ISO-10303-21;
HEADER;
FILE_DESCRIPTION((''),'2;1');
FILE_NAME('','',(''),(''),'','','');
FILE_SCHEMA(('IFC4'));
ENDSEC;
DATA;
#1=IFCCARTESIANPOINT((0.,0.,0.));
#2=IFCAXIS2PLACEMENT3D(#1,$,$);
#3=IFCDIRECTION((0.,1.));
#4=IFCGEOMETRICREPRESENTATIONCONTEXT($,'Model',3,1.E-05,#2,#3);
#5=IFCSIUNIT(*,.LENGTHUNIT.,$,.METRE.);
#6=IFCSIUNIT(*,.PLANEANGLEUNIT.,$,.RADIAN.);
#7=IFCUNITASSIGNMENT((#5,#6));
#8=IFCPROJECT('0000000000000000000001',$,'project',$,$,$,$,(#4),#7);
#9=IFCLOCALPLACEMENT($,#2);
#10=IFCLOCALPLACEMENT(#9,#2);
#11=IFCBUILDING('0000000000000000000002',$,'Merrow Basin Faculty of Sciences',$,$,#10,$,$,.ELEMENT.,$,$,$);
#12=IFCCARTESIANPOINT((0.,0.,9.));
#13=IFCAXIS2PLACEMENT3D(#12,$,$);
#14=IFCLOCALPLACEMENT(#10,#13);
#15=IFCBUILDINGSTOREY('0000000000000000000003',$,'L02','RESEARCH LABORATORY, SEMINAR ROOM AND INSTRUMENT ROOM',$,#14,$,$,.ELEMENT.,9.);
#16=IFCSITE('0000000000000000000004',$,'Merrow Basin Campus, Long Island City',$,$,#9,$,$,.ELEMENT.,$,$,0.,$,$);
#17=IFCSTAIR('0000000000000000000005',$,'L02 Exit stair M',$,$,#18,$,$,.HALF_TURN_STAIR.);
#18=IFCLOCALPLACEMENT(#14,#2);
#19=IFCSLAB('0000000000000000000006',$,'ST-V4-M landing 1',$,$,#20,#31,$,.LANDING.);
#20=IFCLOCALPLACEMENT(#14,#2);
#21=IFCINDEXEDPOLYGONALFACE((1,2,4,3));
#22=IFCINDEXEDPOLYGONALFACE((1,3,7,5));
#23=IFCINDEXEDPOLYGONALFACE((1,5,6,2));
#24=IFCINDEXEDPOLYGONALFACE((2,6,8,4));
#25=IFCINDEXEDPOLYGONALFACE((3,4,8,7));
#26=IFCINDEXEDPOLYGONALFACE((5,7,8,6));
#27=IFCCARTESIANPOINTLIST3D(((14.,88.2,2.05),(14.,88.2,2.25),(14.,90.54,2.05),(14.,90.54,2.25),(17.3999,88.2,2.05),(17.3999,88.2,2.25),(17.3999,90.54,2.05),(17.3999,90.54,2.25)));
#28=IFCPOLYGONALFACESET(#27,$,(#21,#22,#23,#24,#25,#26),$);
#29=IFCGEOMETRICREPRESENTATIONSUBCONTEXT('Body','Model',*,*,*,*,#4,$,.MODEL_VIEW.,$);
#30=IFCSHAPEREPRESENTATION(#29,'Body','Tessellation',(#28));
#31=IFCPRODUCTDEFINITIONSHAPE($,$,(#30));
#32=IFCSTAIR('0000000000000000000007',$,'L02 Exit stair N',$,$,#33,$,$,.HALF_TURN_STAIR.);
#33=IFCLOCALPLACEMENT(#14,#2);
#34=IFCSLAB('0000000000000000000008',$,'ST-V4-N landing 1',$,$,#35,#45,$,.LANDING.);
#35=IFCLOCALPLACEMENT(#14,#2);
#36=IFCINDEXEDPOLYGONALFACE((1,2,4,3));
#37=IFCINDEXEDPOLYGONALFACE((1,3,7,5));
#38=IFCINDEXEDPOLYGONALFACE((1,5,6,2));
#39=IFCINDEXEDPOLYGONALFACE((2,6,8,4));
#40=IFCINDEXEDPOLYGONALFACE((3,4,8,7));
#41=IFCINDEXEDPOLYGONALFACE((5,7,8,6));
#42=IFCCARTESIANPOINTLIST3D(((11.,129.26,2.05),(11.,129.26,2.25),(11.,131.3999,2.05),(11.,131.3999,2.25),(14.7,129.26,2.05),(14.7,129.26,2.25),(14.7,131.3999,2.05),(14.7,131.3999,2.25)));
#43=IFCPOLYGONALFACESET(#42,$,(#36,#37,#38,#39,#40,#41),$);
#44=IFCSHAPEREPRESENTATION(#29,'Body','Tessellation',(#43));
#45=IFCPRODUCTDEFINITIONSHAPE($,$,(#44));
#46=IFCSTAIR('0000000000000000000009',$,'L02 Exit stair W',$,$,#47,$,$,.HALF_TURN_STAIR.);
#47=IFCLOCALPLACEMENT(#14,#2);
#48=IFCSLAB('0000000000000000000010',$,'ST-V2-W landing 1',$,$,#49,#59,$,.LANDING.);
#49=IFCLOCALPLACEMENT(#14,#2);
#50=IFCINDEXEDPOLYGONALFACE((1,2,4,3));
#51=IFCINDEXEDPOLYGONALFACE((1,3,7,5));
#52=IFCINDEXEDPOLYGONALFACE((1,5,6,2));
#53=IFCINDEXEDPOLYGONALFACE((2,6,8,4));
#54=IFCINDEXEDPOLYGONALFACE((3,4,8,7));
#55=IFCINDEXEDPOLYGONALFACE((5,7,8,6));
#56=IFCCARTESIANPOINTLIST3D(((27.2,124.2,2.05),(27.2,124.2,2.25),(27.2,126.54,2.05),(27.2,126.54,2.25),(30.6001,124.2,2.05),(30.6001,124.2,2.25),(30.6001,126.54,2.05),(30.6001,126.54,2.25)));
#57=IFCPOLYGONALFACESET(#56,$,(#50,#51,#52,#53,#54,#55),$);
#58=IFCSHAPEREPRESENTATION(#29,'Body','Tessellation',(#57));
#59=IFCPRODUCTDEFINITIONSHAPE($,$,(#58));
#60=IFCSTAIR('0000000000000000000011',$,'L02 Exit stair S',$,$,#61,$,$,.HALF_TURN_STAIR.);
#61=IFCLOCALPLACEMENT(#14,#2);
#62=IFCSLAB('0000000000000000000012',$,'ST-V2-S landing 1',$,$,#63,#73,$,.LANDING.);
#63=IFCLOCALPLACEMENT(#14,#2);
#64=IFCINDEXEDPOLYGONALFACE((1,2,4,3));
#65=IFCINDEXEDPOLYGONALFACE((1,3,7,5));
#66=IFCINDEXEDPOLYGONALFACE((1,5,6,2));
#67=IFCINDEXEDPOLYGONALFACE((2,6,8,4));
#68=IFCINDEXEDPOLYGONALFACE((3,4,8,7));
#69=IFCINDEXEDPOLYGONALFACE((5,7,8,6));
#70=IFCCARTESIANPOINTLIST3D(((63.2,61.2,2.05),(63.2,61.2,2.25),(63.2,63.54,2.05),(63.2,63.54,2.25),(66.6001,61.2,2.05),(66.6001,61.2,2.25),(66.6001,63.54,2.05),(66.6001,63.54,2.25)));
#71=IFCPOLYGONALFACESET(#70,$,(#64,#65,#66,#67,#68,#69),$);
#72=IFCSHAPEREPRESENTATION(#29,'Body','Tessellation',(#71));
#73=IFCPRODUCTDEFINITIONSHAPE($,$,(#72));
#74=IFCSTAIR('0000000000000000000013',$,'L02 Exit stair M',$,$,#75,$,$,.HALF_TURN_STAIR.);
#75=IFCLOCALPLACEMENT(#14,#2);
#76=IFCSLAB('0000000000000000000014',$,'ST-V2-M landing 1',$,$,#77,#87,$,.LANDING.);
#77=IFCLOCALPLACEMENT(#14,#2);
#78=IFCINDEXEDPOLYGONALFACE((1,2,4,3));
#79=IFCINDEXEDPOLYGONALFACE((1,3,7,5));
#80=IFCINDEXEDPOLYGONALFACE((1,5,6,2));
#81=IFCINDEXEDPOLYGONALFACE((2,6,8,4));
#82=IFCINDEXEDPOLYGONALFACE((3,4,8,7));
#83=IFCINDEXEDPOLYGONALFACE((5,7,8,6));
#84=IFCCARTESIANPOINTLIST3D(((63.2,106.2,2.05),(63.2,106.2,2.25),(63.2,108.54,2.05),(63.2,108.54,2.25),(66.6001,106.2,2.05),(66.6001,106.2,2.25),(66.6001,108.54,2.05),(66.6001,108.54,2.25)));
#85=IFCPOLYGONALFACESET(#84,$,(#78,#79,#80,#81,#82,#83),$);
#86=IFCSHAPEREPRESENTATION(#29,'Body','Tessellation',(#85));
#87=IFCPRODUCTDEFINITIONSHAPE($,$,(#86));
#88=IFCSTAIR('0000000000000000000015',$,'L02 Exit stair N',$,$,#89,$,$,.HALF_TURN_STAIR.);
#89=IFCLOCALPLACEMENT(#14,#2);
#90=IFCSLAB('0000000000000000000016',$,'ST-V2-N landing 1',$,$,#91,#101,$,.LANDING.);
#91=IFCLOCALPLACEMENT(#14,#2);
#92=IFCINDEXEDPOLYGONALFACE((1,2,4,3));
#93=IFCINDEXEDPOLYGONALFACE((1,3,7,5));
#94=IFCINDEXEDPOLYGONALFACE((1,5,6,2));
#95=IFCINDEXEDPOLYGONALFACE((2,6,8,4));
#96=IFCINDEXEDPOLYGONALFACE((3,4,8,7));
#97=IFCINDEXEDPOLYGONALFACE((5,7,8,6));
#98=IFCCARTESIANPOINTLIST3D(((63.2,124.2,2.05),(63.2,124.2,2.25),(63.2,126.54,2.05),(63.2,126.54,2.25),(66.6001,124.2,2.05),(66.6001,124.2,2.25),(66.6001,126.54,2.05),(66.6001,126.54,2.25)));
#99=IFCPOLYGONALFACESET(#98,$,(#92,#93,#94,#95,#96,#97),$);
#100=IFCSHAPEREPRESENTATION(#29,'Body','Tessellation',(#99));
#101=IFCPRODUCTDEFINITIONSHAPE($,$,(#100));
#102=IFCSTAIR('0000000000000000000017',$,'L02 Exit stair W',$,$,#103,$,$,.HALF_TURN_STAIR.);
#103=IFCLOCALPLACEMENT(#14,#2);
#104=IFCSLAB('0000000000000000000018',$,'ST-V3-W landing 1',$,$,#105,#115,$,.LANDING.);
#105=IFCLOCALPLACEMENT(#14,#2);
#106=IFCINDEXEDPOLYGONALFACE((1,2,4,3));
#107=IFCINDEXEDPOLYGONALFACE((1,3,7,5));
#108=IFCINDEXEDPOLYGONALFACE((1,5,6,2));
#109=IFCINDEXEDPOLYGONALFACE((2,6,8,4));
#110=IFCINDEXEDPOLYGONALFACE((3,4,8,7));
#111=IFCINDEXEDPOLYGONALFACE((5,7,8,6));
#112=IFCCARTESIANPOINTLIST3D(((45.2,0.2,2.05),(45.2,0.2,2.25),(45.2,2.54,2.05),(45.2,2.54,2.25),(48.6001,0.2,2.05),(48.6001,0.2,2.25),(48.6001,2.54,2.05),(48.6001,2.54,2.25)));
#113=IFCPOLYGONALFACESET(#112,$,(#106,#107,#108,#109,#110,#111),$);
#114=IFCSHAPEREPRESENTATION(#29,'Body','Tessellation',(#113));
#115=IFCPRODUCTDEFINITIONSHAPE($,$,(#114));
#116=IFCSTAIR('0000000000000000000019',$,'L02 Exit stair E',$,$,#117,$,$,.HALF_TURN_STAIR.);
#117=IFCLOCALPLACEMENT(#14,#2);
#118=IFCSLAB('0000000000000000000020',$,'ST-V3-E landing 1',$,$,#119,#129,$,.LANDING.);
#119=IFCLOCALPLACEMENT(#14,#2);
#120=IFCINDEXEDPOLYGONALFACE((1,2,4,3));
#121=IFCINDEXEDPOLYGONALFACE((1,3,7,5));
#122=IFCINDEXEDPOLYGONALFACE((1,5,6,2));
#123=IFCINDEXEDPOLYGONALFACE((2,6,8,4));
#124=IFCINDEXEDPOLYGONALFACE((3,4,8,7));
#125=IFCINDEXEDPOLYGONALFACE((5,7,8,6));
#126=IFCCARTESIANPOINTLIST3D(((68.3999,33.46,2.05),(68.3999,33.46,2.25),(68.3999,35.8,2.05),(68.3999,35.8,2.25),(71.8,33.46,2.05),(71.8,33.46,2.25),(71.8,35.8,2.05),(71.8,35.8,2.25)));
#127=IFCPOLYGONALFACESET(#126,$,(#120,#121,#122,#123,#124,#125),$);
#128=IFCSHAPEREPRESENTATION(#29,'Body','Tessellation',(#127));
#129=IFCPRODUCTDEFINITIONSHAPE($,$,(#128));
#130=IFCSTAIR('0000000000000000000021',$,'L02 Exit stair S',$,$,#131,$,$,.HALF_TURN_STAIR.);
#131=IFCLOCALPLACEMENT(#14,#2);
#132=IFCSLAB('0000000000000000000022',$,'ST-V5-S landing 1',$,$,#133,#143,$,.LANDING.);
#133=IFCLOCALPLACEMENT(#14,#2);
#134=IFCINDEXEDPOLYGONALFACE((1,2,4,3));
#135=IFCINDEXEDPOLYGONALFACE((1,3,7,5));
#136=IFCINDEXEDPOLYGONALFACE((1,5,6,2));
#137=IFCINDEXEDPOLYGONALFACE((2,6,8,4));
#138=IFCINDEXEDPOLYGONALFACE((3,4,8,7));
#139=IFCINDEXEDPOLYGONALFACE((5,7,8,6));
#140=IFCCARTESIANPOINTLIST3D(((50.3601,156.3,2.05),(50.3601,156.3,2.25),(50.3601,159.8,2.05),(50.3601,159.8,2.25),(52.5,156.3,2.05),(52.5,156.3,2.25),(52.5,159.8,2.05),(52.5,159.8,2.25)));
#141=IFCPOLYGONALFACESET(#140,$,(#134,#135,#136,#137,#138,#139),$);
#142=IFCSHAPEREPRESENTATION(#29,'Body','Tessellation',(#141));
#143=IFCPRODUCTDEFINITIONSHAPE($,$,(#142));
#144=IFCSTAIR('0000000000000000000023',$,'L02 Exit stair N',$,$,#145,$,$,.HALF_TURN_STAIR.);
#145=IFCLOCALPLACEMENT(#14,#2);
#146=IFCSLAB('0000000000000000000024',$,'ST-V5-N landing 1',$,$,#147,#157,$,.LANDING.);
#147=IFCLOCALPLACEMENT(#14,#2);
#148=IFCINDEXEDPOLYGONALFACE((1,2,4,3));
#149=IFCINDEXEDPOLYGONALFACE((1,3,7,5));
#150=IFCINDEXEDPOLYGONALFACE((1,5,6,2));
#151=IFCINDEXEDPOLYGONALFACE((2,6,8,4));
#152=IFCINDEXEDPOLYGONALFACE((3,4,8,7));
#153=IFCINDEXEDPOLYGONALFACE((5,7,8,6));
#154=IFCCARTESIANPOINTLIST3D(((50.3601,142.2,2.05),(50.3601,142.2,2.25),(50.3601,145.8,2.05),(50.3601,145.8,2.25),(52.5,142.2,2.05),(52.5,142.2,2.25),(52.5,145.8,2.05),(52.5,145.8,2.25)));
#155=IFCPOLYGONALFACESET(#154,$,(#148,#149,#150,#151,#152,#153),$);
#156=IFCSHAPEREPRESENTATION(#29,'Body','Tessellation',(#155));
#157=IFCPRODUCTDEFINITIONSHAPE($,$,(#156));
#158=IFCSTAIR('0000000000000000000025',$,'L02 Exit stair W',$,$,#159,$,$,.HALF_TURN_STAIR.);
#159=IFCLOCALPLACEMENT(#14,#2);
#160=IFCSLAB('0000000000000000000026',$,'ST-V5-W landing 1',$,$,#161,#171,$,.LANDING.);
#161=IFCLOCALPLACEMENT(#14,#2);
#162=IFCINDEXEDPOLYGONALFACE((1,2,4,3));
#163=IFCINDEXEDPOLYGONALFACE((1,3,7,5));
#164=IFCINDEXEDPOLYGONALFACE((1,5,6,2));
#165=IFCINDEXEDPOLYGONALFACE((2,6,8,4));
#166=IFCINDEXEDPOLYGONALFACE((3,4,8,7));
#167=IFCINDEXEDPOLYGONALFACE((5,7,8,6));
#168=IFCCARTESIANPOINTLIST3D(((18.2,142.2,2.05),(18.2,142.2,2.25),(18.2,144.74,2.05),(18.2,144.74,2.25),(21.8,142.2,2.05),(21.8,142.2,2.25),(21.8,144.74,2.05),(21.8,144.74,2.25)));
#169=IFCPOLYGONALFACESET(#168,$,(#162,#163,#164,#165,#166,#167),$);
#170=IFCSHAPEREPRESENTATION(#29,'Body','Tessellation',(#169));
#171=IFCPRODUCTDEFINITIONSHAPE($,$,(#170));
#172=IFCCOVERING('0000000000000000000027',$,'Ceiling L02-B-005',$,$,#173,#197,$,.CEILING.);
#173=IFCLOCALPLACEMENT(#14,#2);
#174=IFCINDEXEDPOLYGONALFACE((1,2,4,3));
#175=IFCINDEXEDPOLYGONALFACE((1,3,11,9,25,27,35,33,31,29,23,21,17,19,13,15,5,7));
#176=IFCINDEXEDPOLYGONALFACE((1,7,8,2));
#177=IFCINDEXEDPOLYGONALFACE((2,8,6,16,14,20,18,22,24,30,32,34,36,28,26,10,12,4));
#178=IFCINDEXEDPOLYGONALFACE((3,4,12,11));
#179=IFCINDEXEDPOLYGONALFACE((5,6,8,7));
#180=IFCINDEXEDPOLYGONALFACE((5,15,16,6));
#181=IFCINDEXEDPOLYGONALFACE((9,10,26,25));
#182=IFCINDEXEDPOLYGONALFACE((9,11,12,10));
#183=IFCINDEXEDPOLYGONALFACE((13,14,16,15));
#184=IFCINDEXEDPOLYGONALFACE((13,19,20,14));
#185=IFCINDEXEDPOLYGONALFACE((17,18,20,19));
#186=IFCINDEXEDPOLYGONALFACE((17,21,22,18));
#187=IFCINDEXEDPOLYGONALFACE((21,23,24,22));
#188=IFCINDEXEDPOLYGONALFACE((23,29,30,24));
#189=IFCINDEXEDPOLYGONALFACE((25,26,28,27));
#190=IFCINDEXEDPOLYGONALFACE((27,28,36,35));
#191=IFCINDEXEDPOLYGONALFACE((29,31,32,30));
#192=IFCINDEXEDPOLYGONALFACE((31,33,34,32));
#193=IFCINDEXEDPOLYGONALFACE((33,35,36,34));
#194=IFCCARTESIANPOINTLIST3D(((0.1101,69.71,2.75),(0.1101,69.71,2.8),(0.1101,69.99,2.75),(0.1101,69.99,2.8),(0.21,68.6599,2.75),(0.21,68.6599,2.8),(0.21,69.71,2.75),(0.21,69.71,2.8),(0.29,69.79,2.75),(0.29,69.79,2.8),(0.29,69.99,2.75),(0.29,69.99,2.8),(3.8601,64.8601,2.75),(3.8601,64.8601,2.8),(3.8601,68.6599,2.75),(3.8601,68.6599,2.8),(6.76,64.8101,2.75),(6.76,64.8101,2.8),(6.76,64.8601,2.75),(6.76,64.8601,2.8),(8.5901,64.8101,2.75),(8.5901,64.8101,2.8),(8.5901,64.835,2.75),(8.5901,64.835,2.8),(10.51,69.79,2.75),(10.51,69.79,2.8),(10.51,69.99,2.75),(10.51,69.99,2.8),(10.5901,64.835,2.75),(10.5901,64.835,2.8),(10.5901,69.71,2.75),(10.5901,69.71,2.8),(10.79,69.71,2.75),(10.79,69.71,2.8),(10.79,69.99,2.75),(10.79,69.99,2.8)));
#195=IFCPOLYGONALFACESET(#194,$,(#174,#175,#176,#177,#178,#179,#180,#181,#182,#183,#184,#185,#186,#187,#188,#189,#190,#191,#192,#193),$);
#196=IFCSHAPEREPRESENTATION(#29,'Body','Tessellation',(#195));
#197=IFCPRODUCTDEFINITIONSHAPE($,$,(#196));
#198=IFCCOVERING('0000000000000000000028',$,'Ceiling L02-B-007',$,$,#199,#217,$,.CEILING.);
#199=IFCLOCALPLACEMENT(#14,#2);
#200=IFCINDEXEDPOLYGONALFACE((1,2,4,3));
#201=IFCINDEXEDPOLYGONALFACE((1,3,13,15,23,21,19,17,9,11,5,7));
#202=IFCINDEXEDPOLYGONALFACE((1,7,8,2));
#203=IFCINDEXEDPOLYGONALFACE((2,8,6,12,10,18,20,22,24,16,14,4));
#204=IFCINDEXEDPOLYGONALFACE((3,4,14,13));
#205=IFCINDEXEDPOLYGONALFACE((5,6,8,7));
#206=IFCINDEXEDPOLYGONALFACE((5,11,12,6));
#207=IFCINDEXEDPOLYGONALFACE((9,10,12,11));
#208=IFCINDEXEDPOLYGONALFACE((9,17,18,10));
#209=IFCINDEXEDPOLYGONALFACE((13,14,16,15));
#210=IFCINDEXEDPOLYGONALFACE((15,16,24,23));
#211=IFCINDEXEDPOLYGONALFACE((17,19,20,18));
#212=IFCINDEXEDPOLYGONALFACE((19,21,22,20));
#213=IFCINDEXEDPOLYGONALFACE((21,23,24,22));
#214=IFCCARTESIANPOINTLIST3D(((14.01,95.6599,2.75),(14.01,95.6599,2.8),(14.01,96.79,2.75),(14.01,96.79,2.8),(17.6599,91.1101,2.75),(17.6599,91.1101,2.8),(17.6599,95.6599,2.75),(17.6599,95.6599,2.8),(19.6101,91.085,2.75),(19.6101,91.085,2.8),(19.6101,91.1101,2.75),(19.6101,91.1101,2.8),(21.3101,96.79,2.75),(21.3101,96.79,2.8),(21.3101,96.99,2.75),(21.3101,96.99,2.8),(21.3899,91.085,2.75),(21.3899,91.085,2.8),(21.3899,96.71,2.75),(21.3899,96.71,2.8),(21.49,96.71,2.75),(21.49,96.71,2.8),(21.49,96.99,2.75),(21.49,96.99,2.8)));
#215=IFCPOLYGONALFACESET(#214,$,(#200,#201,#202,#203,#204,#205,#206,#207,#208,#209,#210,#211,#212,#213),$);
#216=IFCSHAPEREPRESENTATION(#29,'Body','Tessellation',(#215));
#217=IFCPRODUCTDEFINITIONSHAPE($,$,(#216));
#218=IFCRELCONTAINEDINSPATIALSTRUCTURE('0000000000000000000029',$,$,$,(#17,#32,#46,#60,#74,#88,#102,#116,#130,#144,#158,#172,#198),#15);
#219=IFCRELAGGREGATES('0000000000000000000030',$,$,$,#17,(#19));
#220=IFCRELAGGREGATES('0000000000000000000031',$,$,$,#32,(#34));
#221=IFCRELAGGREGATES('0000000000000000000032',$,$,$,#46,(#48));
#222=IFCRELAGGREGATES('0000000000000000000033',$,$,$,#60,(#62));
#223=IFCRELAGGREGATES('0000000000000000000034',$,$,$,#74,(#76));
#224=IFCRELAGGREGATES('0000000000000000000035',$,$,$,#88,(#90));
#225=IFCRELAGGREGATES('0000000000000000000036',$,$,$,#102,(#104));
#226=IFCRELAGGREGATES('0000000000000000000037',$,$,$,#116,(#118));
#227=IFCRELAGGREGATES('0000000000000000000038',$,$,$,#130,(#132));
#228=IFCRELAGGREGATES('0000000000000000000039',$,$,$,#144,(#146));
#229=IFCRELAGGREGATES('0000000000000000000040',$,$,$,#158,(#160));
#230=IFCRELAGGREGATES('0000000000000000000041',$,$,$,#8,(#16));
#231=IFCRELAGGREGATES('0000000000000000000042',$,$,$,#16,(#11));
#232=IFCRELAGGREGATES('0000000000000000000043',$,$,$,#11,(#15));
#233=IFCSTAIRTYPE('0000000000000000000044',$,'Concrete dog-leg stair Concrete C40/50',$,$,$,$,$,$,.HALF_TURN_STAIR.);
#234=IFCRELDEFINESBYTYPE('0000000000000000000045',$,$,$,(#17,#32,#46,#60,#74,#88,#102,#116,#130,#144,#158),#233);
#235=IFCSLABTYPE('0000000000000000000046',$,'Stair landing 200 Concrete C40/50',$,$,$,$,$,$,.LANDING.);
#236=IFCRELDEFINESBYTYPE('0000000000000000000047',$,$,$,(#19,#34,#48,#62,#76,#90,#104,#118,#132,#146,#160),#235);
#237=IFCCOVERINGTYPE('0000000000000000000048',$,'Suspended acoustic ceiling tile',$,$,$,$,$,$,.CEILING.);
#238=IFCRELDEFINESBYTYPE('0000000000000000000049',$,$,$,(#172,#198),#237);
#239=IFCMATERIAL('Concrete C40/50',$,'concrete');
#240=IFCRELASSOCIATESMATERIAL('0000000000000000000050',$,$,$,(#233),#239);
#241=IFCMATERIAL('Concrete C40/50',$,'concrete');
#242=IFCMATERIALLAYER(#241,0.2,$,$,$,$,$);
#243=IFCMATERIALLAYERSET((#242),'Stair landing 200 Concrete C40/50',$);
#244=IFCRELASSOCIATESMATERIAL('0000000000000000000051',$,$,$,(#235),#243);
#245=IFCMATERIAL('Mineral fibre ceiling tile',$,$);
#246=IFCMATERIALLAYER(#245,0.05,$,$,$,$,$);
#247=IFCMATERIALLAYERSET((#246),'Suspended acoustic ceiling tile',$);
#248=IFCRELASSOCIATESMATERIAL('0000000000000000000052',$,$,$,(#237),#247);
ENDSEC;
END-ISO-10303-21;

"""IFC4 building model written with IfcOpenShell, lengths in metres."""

from ifc_helpers import new_model, si_unit, direction, frame, origin, place, context, subcontext, project, spatial, polyline, outline, extrude, material, layer, layer_set, type_object, element, aggregate, save


model = new_model("IFC4")

# Units and contexts
model_context = context("Model", 3, precision=1e-05, world=origin(), true_north=direction((0.0, 1.0)))
body_context = subcontext(model_context, "Body", "Model", "MODEL_VIEW")
ifc_project = project(units=[si_unit("LENGTHUNIT", "METRE"), si_unit("PLANEANGLEUNIT", "RADIAN")], contexts=[model_context])

# Site, building, storey
site_placement = place(None, origin())
site = spatial("IfcSite", under=ifc_project, at=site_placement, Name="Merrow Basin Campus, Long Island City", CompositionType="ELEMENT", RefElevation=0.0)
building_placement = place(site_placement, origin())
building = spatial("IfcBuilding", under=site, at=building_placement, Name="Merrow Basin Faculty of Sciences", CompositionType="ELEMENT")
storey_placement = place(building_placement, frame((0.0, 0.0, 9.0)))
storey = spatial("IfcBuildingStorey", under=building, at=storey_placement, Name="L02", Description="RESEARCH LABORATORY, SEMINAR ROOM AND INSTRUMENT ROOM", CompositionType="ELEMENT", Elevation=9.0)

# Stairs, slabs
ifc_material_1 = material(Name="Concrete C40/50", Category="concrete")
stair_type = type_object("IfcStairType", Name="Concrete dog-leg stair Concrete C40/50", PredefinedType="HALF_TURN_STAIR", material=ifc_material_1)
stair_1_placement = place(storey_placement, origin())
stair_1 = element("IfcStair", 1, at=stair_1_placement, inside=storey, type_object=stair_type, Name="L02 Exit stair M", PredefinedType="HALF_TURN_STAIR")
ifc_material_2 = material(Name="Concrete C40/50", Category="concrete")
ifc_layer_1 = layer(ifc_material_2, 0.2)
ifc_layer_set_1 = layer_set([ifc_layer_1], Name="Stair landing 200 Concrete C40/50")
slab_type = type_object("IfcSlabType", Name="Stair landing 200 Concrete C40/50", PredefinedType="LANDING", material=ifc_layer_set_1)
slab_1_placement = place(storey_placement, frame((0.0, 0.0, 2.05)))
slab_1 = element("IfcSlab", 2, at=slab_1_placement, type_object=slab_type, Name="ST-V4-M landing 1", PredefinedType="LANDING", context=body_context, shape_type="SweptSolid", body=[
    extrude(outline(polyline([(14.0, 88.2), (17.3999, 88.2), (17.3999, 90.54), (14.0, 90.54), (14.0, 88.2)])), origin(), (0.0, 0.0, 1.0), 0.2),
])
aggregate(stair_1, [slab_1])
stair_2_placement = place(storey_placement, origin())
stair_2 = element("IfcStair", 3, at=stair_2_placement, inside=storey, type_object=stair_type, Name="L02 Exit stair N", PredefinedType="HALF_TURN_STAIR")
slab_2_placement = place(storey_placement, frame((0.0, 0.0, 2.05)))
slab_2 = element("IfcSlab", 4, at=slab_2_placement, type_object=slab_type, Name="ST-V4-N landing 1", PredefinedType="LANDING", context=body_context, shape_type="SweptSolid", body=[
    extrude(outline(polyline([(11.0, 129.26), (14.7, 129.26), (14.7, 131.3999), (11.0, 131.3999), (11.0, 129.26)])), origin(), (0.0, 0.0, 1.0), 0.2),
])
aggregate(stair_2, [slab_2])
stair_3_placement = place(storey_placement, origin())
stair_3 = element("IfcStair", 5, at=stair_3_placement, inside=storey, type_object=stair_type, Name="L02 Exit stair W", PredefinedType="HALF_TURN_STAIR")
slab_3_placement = place(storey_placement, frame((0.0, 0.0, 2.05)))
slab_3 = element("IfcSlab", 6, at=slab_3_placement, type_object=slab_type, Name="ST-V2-W landing 1", PredefinedType="LANDING", context=body_context, shape_type="SweptSolid", body=[
    extrude(outline(polyline([(27.2, 124.2), (30.6001, 124.2), (30.6001, 126.54), (27.2, 126.54), (27.2, 124.2)])), origin(), (0.0, 0.0, 1.0), 0.2),
])
aggregate(stair_3, [slab_3])
stair_4_placement = place(storey_placement, origin())
stair_4 = element("IfcStair", 7, at=stair_4_placement, inside=storey, type_object=stair_type, Name="L02 Exit stair S", PredefinedType="HALF_TURN_STAIR")
slab_4_placement = place(storey_placement, frame((0.0, 0.0, 2.05)))
slab_4 = element("IfcSlab", 8, at=slab_4_placement, type_object=slab_type, Name="ST-V2-S landing 1", PredefinedType="LANDING", context=body_context, shape_type="SweptSolid", body=[
    extrude(outline(polyline([(63.2, 61.2), (66.6001, 61.2), (66.6001, 63.54), (63.2, 63.54), (63.2, 61.2)])), origin(), (0.0, 0.0, 1.0), 0.2),
])
aggregate(stair_4, [slab_4])
stair_5_placement = place(storey_placement, origin())
stair_5 = element("IfcStair", 9, at=stair_5_placement, inside=storey, type_object=stair_type, Name="L02 Exit stair M", PredefinedType="HALF_TURN_STAIR")
slab_5_placement = place(storey_placement, frame((0.0, 0.0, 2.05)))
slab_5 = element("IfcSlab", 10, at=slab_5_placement, type_object=slab_type, Name="ST-V2-M landing 1", PredefinedType="LANDING", context=body_context, shape_type="SweptSolid", body=[
    extrude(outline(polyline([(63.2, 106.2), (66.6001, 106.2), (66.6001, 108.54), (63.2, 108.54), (63.2, 106.2)])), origin(), (0.0, 0.0, 1.0), 0.2),
])
aggregate(stair_5, [slab_5])
stair_6_placement = place(storey_placement, origin())
stair_6 = element("IfcStair", 11, at=stair_6_placement, inside=storey, type_object=stair_type, Name="L02 Exit stair N", PredefinedType="HALF_TURN_STAIR")
slab_6_placement = place(storey_placement, frame((0.0, 0.0, 2.05)))
slab_6 = element("IfcSlab", 12, at=slab_6_placement, type_object=slab_type, Name="ST-V2-N landing 1", PredefinedType="LANDING", context=body_context, shape_type="SweptSolid", body=[
    extrude(outline(polyline([(63.2, 124.2), (66.6001, 124.2), (66.6001, 126.54), (63.2, 126.54), (63.2, 124.2)])), origin(), (0.0, 0.0, 1.0), 0.2),
])
aggregate(stair_6, [slab_6])
stair_7_placement = place(storey_placement, origin())
stair_7 = element("IfcStair", 13, at=stair_7_placement, inside=storey, type_object=stair_type, Name="L02 Exit stair W", PredefinedType="HALF_TURN_STAIR")
slab_7_placement = place(storey_placement, frame((0.0, 0.0, 2.05)))
slab_7 = element("IfcSlab", 14, at=slab_7_placement, type_object=slab_type, Name="ST-V3-W landing 1", PredefinedType="LANDING", context=body_context, shape_type="SweptSolid", body=[
    extrude(outline(polyline([(45.2, 0.2), (48.6001, 0.2), (48.6001, 2.54), (45.2, 2.54), (45.2, 0.2)])), origin(), (0.0, 0.0, 1.0), 0.2),
])
aggregate(stair_7, [slab_7])
stair_8_placement = place(storey_placement, origin())
stair_8 = element("IfcStair", 15, at=stair_8_placement, inside=storey, type_object=stair_type, Name="L02 Exit stair E", PredefinedType="HALF_TURN_STAIR")
slab_8_placement = place(storey_placement, frame((0.0, 0.0, 2.05)))
slab_8 = element("IfcSlab", 16, at=slab_8_placement, type_object=slab_type, Name="ST-V3-E landing 1", PredefinedType="LANDING", context=body_context, shape_type="SweptSolid", body=[
    extrude(outline(polyline([(68.3999, 33.46), (71.8, 33.46), (71.8, 35.8), (68.3999, 35.8), (68.3999, 33.46)])), origin(), (0.0, 0.0, 1.0), 0.2),
])
aggregate(stair_8, [slab_8])
stair_9_placement = place(storey_placement, origin())
stair_9 = element("IfcStair", 17, at=stair_9_placement, inside=storey, type_object=stair_type, Name="L02 Exit stair S", PredefinedType="HALF_TURN_STAIR")
slab_9_placement = place(storey_placement, frame((0.0, 0.0, 2.05)))
slab_9 = element("IfcSlab", 18, at=slab_9_placement, type_object=slab_type, Name="ST-V5-S landing 1", PredefinedType="LANDING", context=body_context, shape_type="SweptSolid", body=[
    extrude(outline(polyline([(50.3601, 156.3), (52.5, 156.3), (52.5, 159.8), (50.3601, 159.8), (50.3601, 156.3)])), origin(), (0.0, 0.0, 1.0), 0.2),
])
aggregate(stair_9, [slab_9])
stair_10_placement = place(storey_placement, origin())
stair_10 = element("IfcStair", 19, at=stair_10_placement, inside=storey, type_object=stair_type, Name="L02 Exit stair N", PredefinedType="HALF_TURN_STAIR")
slab_10_placement = place(storey_placement, frame((0.0, 0.0, 2.05)))
slab_10 = element("IfcSlab", 20, at=slab_10_placement, type_object=slab_type, Name="ST-V5-N landing 1", PredefinedType="LANDING", context=body_context, shape_type="SweptSolid", body=[
    extrude(outline(polyline([(50.3601, 142.2), (52.5, 142.2), (52.5, 145.8), (50.3601, 145.8), (50.3601, 142.2)])), origin(), (0.0, 0.0, 1.0), 0.2),
])
aggregate(stair_10, [slab_10])
stair_11_placement = place(storey_placement, origin())
stair_11 = element("IfcStair", 21, at=stair_11_placement, inside=storey, type_object=stair_type, Name="L02 Exit stair W", PredefinedType="HALF_TURN_STAIR")
slab_11_placement = place(storey_placement, frame((0.0, 0.0, 2.05)))
slab_11 = element("IfcSlab", 22, at=slab_11_placement, type_object=slab_type, Name="ST-V5-W landing 1", PredefinedType="LANDING", context=body_context, shape_type="SweptSolid", body=[
    extrude(outline(polyline([(18.2, 142.2), (21.8, 142.2), (21.8, 144.74), (18.2, 144.74), (18.2, 142.2)])), origin(), (0.0, 0.0, 1.0), 0.2),
])
aggregate(stair_11, [slab_11])

# Coverings
ifc_material_3 = material(Name="Mineral fibre ceiling tile")
ifc_layer_2 = layer(ifc_material_3, 0.05)
ifc_layer_set_2 = layer_set([ifc_layer_2], Name="Suspended acoustic ceiling tile")
covering_type = type_object("IfcCoveringType", Name="Suspended acoustic ceiling tile", PredefinedType="CEILING", material=ifc_layer_set_2)
covering_1_placement = place(storey_placement, frame((0.0, 0.0, 2.75)))
element("IfcCovering", 23, at=covering_1_placement, inside=storey, type_object=covering_type, Name="Ceiling L02-B-005", PredefinedType="CEILING", context=body_context, shape_type="SweptSolid", body=[
    extrude(outline(polyline([(10.5901, 64.835), (8.5901, 64.835), (8.5901, 64.8101), (6.76, 64.8101), (6.76, 64.8601), (3.8601, 64.8601), (3.8601, 68.6599), (0.21, 68.6599), (0.21, 69.71), (0.1101, 69.71), (0.1101, 69.99), (0.29, 69.99), (0.29, 69.79), (10.51, 69.79), (10.51, 69.99), (10.79, 69.99), (10.79, 69.71), (10.5901, 69.71), (10.5901, 64.835)])), origin(), (0.0, 0.0, 1.0), 0.05),
])
covering_2_placement = place(storey_placement, frame((0.0, 0.0, 2.75)))
element("IfcCovering", 24, at=covering_2_placement, inside=storey, type_object=covering_type, Name="Ceiling L02-B-007", PredefinedType="CEILING", context=body_context, shape_type="SweptSolid", body=[
    extrude(outline(polyline([(21.3899, 91.085), (19.6101, 91.085), (19.6101, 91.1101), (17.6599, 91.1101), (17.6599, 95.6599), (14.01, 95.6599), (14.01, 96.79), (21.3101, 96.79), (21.3101, 96.99), (21.49, 96.99), (21.49, 96.71), (21.3899, 96.71), (21.3899, 91.085)])), origin(), (0.0, 0.0, 1.0), 0.05),
])

save(model, "model.ifc")
